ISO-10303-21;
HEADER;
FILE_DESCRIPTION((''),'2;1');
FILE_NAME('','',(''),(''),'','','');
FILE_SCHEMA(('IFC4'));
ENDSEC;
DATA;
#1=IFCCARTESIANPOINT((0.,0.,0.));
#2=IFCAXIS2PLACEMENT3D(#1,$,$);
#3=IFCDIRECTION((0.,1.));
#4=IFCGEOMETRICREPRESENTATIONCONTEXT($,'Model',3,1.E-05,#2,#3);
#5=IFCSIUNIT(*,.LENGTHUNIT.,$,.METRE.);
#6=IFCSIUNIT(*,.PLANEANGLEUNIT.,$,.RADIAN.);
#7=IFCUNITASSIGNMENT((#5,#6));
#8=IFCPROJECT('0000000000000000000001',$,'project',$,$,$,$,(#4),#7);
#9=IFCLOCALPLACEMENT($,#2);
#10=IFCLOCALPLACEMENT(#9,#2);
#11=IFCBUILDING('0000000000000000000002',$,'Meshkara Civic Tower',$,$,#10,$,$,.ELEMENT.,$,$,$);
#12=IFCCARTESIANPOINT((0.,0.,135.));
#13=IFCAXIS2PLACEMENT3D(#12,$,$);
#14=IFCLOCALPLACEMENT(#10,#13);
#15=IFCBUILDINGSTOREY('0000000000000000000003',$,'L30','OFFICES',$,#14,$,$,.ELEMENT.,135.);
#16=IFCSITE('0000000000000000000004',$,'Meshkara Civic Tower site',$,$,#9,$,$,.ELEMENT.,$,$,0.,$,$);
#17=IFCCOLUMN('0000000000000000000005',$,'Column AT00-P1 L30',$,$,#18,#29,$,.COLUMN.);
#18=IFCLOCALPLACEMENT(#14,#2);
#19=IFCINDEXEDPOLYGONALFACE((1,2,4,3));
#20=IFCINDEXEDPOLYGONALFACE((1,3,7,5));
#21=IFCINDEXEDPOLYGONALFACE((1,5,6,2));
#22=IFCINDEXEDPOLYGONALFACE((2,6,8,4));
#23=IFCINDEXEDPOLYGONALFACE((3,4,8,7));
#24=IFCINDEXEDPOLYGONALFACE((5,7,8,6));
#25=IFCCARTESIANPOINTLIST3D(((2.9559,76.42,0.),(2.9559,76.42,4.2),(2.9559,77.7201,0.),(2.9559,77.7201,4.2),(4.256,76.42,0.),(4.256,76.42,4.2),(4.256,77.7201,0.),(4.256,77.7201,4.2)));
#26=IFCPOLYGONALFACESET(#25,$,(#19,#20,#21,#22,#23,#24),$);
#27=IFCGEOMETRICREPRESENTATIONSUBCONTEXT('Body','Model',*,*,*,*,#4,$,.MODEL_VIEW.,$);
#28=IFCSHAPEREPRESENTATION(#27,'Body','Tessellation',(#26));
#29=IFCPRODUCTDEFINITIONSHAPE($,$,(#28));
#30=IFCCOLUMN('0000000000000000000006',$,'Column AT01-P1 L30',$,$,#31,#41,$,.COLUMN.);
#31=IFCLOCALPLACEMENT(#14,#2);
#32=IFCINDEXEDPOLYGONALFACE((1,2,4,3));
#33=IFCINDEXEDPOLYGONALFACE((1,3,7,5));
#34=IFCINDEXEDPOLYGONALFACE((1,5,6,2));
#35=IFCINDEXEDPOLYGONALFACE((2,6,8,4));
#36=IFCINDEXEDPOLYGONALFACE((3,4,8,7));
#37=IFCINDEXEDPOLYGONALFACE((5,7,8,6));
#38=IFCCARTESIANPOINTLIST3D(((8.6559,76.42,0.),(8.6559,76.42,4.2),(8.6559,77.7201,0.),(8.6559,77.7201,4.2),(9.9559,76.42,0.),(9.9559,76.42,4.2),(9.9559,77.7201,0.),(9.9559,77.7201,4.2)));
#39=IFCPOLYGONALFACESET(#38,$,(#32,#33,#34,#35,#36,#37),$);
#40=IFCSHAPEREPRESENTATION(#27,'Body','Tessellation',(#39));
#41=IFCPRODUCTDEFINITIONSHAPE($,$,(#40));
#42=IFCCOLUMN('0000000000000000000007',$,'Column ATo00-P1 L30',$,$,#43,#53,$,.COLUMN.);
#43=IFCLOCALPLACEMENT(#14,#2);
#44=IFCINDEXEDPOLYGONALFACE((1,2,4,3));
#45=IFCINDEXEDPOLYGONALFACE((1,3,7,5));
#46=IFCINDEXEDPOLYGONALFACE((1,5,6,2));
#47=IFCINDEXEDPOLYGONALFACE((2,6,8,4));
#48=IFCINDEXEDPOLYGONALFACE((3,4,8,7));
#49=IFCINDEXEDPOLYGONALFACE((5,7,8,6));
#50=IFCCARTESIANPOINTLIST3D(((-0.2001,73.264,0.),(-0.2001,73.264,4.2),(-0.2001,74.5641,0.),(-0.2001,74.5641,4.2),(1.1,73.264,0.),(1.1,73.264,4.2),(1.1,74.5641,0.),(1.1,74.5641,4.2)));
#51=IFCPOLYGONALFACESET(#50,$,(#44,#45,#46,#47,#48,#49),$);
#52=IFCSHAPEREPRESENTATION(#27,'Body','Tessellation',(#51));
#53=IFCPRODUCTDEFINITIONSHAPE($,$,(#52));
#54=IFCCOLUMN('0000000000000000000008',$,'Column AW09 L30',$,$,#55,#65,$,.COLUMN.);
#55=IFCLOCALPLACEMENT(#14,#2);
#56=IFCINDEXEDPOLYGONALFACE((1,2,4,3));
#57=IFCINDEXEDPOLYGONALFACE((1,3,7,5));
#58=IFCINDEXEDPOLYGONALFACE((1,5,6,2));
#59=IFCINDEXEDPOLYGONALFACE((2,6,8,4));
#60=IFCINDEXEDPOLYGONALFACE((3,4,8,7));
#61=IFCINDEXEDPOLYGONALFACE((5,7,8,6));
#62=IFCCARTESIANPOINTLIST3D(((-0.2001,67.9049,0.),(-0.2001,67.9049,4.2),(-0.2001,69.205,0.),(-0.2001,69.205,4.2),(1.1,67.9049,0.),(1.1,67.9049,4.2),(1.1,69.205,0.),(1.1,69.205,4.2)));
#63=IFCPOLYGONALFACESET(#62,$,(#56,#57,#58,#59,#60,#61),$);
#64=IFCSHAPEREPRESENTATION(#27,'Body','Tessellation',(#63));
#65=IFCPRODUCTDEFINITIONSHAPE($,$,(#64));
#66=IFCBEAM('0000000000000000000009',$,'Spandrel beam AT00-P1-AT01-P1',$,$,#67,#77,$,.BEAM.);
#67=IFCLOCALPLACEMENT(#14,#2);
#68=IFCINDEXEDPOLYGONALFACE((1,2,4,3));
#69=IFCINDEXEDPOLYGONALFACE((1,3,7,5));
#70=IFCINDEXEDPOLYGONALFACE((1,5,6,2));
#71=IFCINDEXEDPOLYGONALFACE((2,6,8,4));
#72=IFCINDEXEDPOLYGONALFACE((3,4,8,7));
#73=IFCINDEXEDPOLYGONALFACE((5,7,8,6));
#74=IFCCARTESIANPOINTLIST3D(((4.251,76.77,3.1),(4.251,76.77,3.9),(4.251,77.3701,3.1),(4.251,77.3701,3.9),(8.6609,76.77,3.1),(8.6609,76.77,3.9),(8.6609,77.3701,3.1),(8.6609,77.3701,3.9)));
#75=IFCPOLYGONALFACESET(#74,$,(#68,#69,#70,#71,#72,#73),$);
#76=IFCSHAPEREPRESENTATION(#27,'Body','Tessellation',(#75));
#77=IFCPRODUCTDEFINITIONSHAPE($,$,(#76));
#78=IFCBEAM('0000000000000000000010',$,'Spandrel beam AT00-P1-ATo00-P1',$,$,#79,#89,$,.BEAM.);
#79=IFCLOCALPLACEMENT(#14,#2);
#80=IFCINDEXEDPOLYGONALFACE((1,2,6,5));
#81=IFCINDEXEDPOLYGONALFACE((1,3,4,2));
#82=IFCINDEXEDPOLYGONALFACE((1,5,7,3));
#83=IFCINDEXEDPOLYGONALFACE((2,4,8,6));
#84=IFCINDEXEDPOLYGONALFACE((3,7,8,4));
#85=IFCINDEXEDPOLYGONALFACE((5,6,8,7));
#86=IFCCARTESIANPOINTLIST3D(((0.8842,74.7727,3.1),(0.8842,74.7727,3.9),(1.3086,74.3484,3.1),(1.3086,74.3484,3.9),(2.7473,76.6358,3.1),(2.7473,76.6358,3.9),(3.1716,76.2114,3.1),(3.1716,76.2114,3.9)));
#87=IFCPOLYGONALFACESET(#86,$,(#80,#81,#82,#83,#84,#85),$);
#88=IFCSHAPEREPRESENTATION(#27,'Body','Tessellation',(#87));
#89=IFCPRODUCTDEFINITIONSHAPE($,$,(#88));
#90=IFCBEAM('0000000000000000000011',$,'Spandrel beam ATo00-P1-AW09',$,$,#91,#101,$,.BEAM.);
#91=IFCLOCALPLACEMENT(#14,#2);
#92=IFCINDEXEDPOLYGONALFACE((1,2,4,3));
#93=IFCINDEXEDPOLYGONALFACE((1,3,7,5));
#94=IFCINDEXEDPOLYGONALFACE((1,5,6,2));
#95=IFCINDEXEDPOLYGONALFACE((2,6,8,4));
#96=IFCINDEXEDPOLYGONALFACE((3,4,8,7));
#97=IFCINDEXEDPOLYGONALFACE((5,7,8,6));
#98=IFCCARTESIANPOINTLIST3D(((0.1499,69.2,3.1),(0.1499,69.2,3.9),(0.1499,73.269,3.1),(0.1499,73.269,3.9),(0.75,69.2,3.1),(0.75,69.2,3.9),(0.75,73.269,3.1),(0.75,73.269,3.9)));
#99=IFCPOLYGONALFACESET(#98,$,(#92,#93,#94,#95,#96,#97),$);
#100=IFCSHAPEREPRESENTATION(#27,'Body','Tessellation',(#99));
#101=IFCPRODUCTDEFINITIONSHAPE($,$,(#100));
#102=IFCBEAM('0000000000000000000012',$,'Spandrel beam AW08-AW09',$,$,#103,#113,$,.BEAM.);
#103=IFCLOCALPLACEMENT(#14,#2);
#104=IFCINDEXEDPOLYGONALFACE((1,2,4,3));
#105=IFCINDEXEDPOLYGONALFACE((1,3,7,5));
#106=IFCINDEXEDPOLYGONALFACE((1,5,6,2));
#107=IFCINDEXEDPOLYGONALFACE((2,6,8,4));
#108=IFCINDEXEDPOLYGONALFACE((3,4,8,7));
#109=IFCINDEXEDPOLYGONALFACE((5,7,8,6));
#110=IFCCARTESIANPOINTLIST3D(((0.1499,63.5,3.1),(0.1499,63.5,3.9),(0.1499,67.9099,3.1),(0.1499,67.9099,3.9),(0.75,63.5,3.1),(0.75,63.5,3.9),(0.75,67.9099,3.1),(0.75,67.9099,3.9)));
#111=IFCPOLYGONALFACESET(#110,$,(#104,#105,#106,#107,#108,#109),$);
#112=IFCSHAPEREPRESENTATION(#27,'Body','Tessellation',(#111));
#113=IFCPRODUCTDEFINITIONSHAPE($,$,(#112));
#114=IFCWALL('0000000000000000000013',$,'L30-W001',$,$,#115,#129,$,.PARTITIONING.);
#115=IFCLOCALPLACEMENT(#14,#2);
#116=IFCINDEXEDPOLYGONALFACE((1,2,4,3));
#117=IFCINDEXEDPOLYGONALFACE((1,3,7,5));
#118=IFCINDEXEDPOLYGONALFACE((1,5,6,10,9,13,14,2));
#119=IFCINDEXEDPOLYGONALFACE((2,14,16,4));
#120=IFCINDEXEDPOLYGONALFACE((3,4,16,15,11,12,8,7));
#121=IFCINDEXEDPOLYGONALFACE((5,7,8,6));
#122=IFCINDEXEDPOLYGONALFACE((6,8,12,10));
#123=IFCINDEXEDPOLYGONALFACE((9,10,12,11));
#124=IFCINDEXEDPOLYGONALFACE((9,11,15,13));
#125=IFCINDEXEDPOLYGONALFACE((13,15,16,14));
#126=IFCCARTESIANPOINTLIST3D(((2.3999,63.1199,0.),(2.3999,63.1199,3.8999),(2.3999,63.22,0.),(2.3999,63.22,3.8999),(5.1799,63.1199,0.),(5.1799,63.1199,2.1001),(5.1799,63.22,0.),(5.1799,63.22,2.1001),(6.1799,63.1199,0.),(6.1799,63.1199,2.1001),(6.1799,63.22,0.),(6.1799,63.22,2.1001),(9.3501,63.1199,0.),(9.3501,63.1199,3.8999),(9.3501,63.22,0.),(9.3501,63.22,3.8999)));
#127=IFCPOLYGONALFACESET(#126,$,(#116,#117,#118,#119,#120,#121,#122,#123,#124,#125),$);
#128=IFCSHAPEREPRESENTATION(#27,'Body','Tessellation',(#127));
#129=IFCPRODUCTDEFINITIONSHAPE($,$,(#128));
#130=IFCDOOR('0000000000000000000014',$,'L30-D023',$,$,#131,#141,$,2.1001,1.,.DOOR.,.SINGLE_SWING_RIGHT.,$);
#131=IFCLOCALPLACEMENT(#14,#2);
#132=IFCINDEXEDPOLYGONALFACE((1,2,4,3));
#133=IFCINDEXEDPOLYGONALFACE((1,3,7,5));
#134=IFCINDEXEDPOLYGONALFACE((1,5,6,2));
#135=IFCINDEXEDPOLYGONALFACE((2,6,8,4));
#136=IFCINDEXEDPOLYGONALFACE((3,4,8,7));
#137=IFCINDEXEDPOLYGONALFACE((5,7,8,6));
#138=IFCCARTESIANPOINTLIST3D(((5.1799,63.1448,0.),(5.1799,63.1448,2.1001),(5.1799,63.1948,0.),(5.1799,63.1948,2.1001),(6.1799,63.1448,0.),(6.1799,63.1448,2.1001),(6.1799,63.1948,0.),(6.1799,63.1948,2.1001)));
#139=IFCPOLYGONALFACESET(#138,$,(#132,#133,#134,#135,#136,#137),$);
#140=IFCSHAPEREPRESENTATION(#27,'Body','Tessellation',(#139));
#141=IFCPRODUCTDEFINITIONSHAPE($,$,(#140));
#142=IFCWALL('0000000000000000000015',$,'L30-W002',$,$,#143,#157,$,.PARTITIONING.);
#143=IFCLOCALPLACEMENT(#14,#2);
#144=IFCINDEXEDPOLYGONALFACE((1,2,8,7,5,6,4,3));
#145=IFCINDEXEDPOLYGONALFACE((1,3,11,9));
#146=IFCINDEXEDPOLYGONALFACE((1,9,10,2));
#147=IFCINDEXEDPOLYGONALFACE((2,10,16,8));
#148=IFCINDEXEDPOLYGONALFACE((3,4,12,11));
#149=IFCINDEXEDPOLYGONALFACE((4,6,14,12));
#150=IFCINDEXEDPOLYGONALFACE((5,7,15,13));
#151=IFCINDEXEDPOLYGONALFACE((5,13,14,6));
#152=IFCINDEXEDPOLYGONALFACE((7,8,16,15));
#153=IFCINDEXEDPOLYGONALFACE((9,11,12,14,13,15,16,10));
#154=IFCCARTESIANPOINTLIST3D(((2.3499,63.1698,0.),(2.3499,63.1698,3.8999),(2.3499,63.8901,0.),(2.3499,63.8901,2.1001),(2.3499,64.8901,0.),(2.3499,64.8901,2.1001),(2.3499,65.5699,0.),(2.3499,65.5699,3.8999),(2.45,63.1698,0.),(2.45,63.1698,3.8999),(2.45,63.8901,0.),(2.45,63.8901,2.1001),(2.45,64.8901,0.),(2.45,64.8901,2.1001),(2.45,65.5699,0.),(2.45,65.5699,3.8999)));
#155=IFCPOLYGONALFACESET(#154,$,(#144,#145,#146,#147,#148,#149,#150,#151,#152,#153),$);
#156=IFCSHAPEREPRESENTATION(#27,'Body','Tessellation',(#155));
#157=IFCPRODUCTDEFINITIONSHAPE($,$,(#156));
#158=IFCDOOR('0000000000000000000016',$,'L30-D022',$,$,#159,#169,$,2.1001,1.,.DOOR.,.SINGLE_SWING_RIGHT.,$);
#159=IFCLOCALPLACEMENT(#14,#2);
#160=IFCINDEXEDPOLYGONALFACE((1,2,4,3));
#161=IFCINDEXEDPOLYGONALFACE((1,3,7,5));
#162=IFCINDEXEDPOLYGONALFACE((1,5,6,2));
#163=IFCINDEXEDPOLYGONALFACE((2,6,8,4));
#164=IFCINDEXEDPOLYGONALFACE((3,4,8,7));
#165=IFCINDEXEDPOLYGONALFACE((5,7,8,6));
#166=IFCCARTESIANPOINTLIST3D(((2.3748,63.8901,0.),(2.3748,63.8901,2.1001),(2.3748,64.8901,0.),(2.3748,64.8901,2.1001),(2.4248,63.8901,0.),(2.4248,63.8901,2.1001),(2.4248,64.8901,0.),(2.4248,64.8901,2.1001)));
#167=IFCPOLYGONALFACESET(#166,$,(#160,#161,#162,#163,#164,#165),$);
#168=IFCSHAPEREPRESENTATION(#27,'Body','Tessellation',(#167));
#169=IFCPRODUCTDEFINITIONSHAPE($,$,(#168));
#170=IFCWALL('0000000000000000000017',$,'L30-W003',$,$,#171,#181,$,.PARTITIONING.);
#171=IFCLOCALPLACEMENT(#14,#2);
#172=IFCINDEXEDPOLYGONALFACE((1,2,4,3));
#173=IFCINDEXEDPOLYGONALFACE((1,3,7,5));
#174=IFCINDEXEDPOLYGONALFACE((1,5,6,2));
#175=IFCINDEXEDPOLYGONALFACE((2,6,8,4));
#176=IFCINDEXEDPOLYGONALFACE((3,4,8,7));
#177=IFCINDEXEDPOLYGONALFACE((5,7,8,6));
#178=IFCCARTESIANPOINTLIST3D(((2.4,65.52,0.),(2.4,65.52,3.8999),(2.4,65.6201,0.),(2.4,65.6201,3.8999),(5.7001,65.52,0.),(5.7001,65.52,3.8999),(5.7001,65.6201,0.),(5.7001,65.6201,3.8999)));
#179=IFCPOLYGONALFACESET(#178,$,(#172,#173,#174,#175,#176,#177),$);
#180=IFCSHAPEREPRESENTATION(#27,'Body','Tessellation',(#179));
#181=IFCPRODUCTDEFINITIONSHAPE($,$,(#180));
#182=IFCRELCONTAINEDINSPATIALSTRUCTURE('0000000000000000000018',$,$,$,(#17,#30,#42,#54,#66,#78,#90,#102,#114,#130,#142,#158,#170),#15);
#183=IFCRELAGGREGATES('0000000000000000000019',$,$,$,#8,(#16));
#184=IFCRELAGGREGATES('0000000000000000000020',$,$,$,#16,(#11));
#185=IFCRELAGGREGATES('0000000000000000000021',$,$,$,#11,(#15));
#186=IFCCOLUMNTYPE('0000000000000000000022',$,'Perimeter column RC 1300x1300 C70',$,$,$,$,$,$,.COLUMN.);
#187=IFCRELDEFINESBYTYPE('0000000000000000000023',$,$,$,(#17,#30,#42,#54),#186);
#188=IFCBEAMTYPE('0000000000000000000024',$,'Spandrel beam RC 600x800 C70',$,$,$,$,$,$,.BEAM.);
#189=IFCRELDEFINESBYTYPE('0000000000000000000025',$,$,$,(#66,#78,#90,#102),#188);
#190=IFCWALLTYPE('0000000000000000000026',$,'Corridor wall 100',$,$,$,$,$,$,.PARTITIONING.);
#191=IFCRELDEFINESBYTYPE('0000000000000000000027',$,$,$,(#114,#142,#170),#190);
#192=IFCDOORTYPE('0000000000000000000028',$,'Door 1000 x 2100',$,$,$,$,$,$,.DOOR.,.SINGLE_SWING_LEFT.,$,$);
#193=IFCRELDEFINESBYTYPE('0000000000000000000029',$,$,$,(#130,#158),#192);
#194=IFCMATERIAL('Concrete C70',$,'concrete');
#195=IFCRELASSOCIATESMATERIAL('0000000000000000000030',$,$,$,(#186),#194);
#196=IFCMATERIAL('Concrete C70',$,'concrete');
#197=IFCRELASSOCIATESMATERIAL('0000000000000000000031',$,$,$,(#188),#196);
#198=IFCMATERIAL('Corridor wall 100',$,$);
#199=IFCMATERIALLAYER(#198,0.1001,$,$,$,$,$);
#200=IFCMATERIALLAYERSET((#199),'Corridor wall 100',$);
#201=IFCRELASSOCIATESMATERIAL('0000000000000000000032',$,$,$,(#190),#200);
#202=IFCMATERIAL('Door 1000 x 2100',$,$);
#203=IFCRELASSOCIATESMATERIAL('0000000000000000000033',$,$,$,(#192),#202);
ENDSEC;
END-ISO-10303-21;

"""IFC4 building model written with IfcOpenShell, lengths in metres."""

from ifc_helpers import new_model, si_unit, direction, frame, frame_2d, origin, origin_2d, place, context, subcontext, project, spatial, rectangle, extrude, material, layer, layer_set, material_profile, profile_set, type_object, element, fill, save


model = new_model("IFC4")

# Units and contexts
model_context = context("Model", 3, precision=1e-05, world=origin(), true_north=direction((0.0, 1.0)))
body_context = subcontext(model_context, "Body", "Model", "MODEL_VIEW")
ifc_project = project(units=[si_unit("LENGTHUNIT", "METRE"), si_unit("PLANEANGLEUNIT", "RADIAN")], contexts=[model_context])

# Site, building, storey
site_placement = place(None, origin())
site = spatial("IfcSite", under=ifc_project, at=site_placement, Name="Meshkara Civic Tower site", CompositionType="ELEMENT", RefElevation=0.0)
building_placement = place(site_placement, origin())
building = spatial("IfcBuilding", under=site, at=building_placement, Name="Meshkara Civic Tower", CompositionType="ELEMENT")
storey_placement = place(building_placement, frame((0.0, 0.0, 135.0)))
storey = spatial("IfcBuildingStorey", under=building, at=storey_placement, Name="L30", Description="OFFICES", CompositionType="ELEMENT", Elevation=135.0)

# Columns
ifc_material_1 = material(Name="Concrete C70", Category="concrete")
ifc_material_profile_1 = material_profile(ifc_material_1, rectangle(XDim=1.3, YDim=1.3, at=origin_2d()))
ifc_profile_set_1 = profile_set([ifc_material_profile_1], Name="Concrete C70")
column_type = type_object("IfcColumnType", Name="Perimeter column RC 1300x1300 C70", PredefinedType="COLUMN", material=ifc_profile_set_1)
for number, where, z_axis, x_axis, name in (
    (1, (3.606, 77.0701, 0.0), (0.0, 0.0, 1.0), (1.0, 0.0, 0.0), "Column AT00-P1 L30"),
    (2, (9.3059, 77.0701, 0.0), (0.0, 0.0, 1.0), (1.0, 0.0, 0.0), "Column AT01-P1 L30"),
    (3, (0.45, 73.9141, 0.0), (0.0, 0.0, 1.0), (1.0, 0.0, 0.0), "Column ATo00-P1 L30"),
    (4, (0.45, 68.5549, 0.0), (0.0, 0.0, 1.0), (1.0, 0.0, 0.0), "Column AW09 L30"),
):
    element("IfcColumn", number, at=place(storey_placement, frame(where, z_axis=z_axis, x_axis=x_axis)), inside=storey, type_object=column_type, Name=name, PredefinedType="COLUMN", context=body_context, shape_type="SweptSolid", body=[
        extrude(rectangle(XDim=1.3, YDim=1.3, at=origin_2d()), origin(), (0.0, 0.0, 1.0), 4.2),
    ])

# Beams
ifc_material_2 = material(Name="Concrete C70", Category="concrete")
ifc_material_profile_2 = material_profile(ifc_material_2, rectangle(XDim=0.6001, YDim=0.8, at=origin_2d()))
ifc_profile_set_2 = profile_set([ifc_material_profile_2], Name="Concrete C70")
beam_type = type_object("IfcBeamType", Name="Spandrel beam RC 600x800 C70", PredefinedType="BEAM", material=ifc_profile_set_2)
beam_1_placement = place(storey_placement, frame((8.6609, 77.0701, 3.5), z_axis=(-1.0, 0.0, 0.0), x_axis=(0.0, -1.0, 0.0)))
element("IfcBeam", 5, at=beam_1_placement, inside=storey, type_object=beam_type, Name="Spandrel beam AT00-P1-AT01-P1", PredefinedType="BEAM", context=body_context, shape_type="SweptSolid", body=[
    extrude(rectangle(XDim=0.6001, YDim=0.8, at=origin_2d()), origin(), (0.0, 0.0, 1.0), 4.4099),
])
beam_2_placement = place(storey_placement, frame((2.9595, 76.4236, 3.5), z_axis=(-0.707107, -0.707107, 0.0), x_axis=(0.707107, -0.707107, 0.0)))
element("IfcBeam", 6, at=beam_2_placement, inside=storey, type_object=beam_type, Name="Spandrel beam AT00-P1-ATo00-P1", PredefinedType="BEAM", context=body_context, shape_type="SweptSolid", body=[
    extrude(rectangle(XDim=0.6001, YDim=0.8, at=origin_2d()), origin(), (0.0, 0.0, 1.0), 2.6348),
])
beam_3_placement = place(storey_placement, frame((0.45, 73.269, 3.5), z_axis=(0.0, -1.0, 0.0), x_axis=(1.0, 0.0, 0.0)))
element("IfcBeam", 7, at=beam_3_placement, inside=storey, type_object=beam_type, Name="Spandrel beam ATo00-P1-AW09", PredefinedType="BEAM", context=body_context, shape_type="SweptSolid", body=[
    extrude(rectangle(XDim=0.6001, YDim=0.8, at=origin_2d()), origin(), (0.0, 0.0, 1.0), 4.0691),
])
beam_4_placement = place(storey_placement, frame((0.45, 67.9099, 3.5), z_axis=(0.0, -1.0, 0.0), x_axis=(1.0, 0.0, 0.0)))
element("IfcBeam", 8, at=beam_4_placement, inside=storey, type_object=beam_type, Name="Spandrel beam AW08-AW09", PredefinedType="BEAM", context=body_context, shape_type="SweptSolid", body=[
    extrude(rectangle(XDim=0.6001, YDim=0.8, at=origin_2d()), origin(), (0.0, 0.0, 1.0), 4.4099),
])

# Walls, openings, doors
ifc_material_3 = material(Name="Corridor wall 100")
ifc_layer_1 = layer(ifc_material_3, 0.1001)
ifc_layer_set_1 = layer_set([ifc_layer_1], Name="Corridor wall 100")
wall_type_1 = type_object("IfcWallType", Name="Corridor wall 100", PredefinedType="PARTITIONING", material=ifc_layer_set_1)
wall_1_placement = place(storey_placement, frame((2.3999, 63.1699, 0.0), z_axis=(0.0, 0.0, 1.0), x_axis=(1.0, 0.0, 0.0)))
wall_1 = element("IfcWall", 9, at=wall_1_placement, inside=storey, type_object=wall_type_1, Name="L30-W001", PredefinedType="PARTITIONING", context=body_context, shape_type="SweptSolid", body=[
    extrude(rectangle(XDim=6.9502, YDim=0.1001, at=frame_2d((3.4751, 0.0))), origin(), (0.0, 0.0, 1.0), 3.8999),
])
opening_1_placement = place(wall_1_placement, frame((2.78, 0.0, 0.0)))
opening_1 = element("IfcOpeningElement", 10, at=opening_1_placement, cuts=wall_1, PredefinedType="OPENING", context=body_context, shape_type="SweptSolid", body=[
    extrude(rectangle(XDim=1.0, YDim=2.1001, at=frame_2d((0.5, 1.05))), frame((0.0, 0.0601, 0.0), z_axis=(0.0, -1.0, 0.0), x_axis=(1.0, 0.0, 0.0)), (0.0, 0.0, 1.0), 0.1201),
])
ifc_material_4 = material(Name="Door 1000 x 2100")
door_type_1 = type_object("IfcDoorType", Name="Door 1000 x 2100", OperationType="SINGLE_SWING_LEFT", PredefinedType="DOOR", material=ifc_material_4)
door_1_placement = place(opening_1_placement, origin())
door_1 = element("IfcDoor", 11, at=door_1_placement, inside=storey, type_object=door_type_1, Name="L30-D023", OperationType="SINGLE_SWING_RIGHT", OverallHeight=2.1001, OverallWidth=1.0, PredefinedType="DOOR", context=body_context, shape_type="SweptSolid", body=[
    extrude(rectangle(XDim=1.0, YDim=2.1001, at=frame_2d((0.5, 1.05))), frame((0.0, 0.0249, 0.0), z_axis=(0.0, -1.0, 0.0), x_axis=(1.0, 0.0, 0.0)), (0.0, 0.0, 1.0), 0.05),
])
fill(opening_1, door_1)
wall_2_placement = place(storey_placement, frame((2.3999, 65.5701, 0.0), z_axis=(0.0, 0.0, 1.0), x_axis=(0.0, -1.0, 0.0)))
wall_2 = element("IfcWall", 12, at=wall_2_placement, inside=storey, type_object=wall_type_1, Name="L30-W002", PredefinedType="PARTITIONING", context=body_context, shape_type="SweptSolid", body=[
    extrude(rectangle(XDim=2.4001, YDim=0.1001, at=frame_2d((1.2002, 0.0))), origin(), (0.0, 0.0, 1.0), 3.8999),
])
opening_2_placement = place(wall_2_placement, frame((0.6799, 0.0, 0.0)))
opening_2 = element("IfcOpeningElement", 13, at=opening_2_placement, cuts=wall_2, PredefinedType="OPENING", context=body_context, shape_type="SweptSolid", body=[
    extrude(rectangle(XDim=1.0, YDim=2.1001, at=frame_2d((0.5, 1.05))), frame((0.0, 0.0601, 0.0), z_axis=(0.0, -1.0, 0.0), x_axis=(1.0, 0.0, 0.0)), (0.0, 0.0, 1.0), 0.1201),
])
door_2_placement = place(opening_2_placement, origin())
door_2 = element("IfcDoor", 14, at=door_2_placement, inside=storey, type_object=door_type_1, Name="L30-D022", OperationType="SINGLE_SWING_RIGHT", OverallHeight=2.1001, OverallWidth=1.0, PredefinedType="DOOR", context=body_context, shape_type="SweptSolid", body=[
    extrude(rectangle(XDim=1.0, YDim=2.1001, at=frame_2d((0.5, 1.05))), frame((0.0, 0.0249, 0.0), z_axis=(0.0, -1.0, 0.0), x_axis=(1.0, 0.0, 0.0)), (0.0, 0.0, 1.0), 0.05),
])
fill(opening_2, door_2)

# Wall
wall_3_placement = place(storey_placement, frame((5.7, 65.5701, 0.0), z_axis=(0.0, 0.0, 1.0), x_axis=(-1.0, 0.0, 0.0)))
element("IfcWall", 15, at=wall_3_placement, inside=storey, type_object=wall_type_1, Name="L30-W003", PredefinedType="PARTITIONING", context=body_context, shape_type="SweptSolid", body=[
    extrude(rectangle(XDim=3.3, YDim=0.1001, at=frame_2d((1.6499, 0.0))), origin(), (0.0, 0.0, 1.0), 3.8999),
])

save(model, "model.ifc")
